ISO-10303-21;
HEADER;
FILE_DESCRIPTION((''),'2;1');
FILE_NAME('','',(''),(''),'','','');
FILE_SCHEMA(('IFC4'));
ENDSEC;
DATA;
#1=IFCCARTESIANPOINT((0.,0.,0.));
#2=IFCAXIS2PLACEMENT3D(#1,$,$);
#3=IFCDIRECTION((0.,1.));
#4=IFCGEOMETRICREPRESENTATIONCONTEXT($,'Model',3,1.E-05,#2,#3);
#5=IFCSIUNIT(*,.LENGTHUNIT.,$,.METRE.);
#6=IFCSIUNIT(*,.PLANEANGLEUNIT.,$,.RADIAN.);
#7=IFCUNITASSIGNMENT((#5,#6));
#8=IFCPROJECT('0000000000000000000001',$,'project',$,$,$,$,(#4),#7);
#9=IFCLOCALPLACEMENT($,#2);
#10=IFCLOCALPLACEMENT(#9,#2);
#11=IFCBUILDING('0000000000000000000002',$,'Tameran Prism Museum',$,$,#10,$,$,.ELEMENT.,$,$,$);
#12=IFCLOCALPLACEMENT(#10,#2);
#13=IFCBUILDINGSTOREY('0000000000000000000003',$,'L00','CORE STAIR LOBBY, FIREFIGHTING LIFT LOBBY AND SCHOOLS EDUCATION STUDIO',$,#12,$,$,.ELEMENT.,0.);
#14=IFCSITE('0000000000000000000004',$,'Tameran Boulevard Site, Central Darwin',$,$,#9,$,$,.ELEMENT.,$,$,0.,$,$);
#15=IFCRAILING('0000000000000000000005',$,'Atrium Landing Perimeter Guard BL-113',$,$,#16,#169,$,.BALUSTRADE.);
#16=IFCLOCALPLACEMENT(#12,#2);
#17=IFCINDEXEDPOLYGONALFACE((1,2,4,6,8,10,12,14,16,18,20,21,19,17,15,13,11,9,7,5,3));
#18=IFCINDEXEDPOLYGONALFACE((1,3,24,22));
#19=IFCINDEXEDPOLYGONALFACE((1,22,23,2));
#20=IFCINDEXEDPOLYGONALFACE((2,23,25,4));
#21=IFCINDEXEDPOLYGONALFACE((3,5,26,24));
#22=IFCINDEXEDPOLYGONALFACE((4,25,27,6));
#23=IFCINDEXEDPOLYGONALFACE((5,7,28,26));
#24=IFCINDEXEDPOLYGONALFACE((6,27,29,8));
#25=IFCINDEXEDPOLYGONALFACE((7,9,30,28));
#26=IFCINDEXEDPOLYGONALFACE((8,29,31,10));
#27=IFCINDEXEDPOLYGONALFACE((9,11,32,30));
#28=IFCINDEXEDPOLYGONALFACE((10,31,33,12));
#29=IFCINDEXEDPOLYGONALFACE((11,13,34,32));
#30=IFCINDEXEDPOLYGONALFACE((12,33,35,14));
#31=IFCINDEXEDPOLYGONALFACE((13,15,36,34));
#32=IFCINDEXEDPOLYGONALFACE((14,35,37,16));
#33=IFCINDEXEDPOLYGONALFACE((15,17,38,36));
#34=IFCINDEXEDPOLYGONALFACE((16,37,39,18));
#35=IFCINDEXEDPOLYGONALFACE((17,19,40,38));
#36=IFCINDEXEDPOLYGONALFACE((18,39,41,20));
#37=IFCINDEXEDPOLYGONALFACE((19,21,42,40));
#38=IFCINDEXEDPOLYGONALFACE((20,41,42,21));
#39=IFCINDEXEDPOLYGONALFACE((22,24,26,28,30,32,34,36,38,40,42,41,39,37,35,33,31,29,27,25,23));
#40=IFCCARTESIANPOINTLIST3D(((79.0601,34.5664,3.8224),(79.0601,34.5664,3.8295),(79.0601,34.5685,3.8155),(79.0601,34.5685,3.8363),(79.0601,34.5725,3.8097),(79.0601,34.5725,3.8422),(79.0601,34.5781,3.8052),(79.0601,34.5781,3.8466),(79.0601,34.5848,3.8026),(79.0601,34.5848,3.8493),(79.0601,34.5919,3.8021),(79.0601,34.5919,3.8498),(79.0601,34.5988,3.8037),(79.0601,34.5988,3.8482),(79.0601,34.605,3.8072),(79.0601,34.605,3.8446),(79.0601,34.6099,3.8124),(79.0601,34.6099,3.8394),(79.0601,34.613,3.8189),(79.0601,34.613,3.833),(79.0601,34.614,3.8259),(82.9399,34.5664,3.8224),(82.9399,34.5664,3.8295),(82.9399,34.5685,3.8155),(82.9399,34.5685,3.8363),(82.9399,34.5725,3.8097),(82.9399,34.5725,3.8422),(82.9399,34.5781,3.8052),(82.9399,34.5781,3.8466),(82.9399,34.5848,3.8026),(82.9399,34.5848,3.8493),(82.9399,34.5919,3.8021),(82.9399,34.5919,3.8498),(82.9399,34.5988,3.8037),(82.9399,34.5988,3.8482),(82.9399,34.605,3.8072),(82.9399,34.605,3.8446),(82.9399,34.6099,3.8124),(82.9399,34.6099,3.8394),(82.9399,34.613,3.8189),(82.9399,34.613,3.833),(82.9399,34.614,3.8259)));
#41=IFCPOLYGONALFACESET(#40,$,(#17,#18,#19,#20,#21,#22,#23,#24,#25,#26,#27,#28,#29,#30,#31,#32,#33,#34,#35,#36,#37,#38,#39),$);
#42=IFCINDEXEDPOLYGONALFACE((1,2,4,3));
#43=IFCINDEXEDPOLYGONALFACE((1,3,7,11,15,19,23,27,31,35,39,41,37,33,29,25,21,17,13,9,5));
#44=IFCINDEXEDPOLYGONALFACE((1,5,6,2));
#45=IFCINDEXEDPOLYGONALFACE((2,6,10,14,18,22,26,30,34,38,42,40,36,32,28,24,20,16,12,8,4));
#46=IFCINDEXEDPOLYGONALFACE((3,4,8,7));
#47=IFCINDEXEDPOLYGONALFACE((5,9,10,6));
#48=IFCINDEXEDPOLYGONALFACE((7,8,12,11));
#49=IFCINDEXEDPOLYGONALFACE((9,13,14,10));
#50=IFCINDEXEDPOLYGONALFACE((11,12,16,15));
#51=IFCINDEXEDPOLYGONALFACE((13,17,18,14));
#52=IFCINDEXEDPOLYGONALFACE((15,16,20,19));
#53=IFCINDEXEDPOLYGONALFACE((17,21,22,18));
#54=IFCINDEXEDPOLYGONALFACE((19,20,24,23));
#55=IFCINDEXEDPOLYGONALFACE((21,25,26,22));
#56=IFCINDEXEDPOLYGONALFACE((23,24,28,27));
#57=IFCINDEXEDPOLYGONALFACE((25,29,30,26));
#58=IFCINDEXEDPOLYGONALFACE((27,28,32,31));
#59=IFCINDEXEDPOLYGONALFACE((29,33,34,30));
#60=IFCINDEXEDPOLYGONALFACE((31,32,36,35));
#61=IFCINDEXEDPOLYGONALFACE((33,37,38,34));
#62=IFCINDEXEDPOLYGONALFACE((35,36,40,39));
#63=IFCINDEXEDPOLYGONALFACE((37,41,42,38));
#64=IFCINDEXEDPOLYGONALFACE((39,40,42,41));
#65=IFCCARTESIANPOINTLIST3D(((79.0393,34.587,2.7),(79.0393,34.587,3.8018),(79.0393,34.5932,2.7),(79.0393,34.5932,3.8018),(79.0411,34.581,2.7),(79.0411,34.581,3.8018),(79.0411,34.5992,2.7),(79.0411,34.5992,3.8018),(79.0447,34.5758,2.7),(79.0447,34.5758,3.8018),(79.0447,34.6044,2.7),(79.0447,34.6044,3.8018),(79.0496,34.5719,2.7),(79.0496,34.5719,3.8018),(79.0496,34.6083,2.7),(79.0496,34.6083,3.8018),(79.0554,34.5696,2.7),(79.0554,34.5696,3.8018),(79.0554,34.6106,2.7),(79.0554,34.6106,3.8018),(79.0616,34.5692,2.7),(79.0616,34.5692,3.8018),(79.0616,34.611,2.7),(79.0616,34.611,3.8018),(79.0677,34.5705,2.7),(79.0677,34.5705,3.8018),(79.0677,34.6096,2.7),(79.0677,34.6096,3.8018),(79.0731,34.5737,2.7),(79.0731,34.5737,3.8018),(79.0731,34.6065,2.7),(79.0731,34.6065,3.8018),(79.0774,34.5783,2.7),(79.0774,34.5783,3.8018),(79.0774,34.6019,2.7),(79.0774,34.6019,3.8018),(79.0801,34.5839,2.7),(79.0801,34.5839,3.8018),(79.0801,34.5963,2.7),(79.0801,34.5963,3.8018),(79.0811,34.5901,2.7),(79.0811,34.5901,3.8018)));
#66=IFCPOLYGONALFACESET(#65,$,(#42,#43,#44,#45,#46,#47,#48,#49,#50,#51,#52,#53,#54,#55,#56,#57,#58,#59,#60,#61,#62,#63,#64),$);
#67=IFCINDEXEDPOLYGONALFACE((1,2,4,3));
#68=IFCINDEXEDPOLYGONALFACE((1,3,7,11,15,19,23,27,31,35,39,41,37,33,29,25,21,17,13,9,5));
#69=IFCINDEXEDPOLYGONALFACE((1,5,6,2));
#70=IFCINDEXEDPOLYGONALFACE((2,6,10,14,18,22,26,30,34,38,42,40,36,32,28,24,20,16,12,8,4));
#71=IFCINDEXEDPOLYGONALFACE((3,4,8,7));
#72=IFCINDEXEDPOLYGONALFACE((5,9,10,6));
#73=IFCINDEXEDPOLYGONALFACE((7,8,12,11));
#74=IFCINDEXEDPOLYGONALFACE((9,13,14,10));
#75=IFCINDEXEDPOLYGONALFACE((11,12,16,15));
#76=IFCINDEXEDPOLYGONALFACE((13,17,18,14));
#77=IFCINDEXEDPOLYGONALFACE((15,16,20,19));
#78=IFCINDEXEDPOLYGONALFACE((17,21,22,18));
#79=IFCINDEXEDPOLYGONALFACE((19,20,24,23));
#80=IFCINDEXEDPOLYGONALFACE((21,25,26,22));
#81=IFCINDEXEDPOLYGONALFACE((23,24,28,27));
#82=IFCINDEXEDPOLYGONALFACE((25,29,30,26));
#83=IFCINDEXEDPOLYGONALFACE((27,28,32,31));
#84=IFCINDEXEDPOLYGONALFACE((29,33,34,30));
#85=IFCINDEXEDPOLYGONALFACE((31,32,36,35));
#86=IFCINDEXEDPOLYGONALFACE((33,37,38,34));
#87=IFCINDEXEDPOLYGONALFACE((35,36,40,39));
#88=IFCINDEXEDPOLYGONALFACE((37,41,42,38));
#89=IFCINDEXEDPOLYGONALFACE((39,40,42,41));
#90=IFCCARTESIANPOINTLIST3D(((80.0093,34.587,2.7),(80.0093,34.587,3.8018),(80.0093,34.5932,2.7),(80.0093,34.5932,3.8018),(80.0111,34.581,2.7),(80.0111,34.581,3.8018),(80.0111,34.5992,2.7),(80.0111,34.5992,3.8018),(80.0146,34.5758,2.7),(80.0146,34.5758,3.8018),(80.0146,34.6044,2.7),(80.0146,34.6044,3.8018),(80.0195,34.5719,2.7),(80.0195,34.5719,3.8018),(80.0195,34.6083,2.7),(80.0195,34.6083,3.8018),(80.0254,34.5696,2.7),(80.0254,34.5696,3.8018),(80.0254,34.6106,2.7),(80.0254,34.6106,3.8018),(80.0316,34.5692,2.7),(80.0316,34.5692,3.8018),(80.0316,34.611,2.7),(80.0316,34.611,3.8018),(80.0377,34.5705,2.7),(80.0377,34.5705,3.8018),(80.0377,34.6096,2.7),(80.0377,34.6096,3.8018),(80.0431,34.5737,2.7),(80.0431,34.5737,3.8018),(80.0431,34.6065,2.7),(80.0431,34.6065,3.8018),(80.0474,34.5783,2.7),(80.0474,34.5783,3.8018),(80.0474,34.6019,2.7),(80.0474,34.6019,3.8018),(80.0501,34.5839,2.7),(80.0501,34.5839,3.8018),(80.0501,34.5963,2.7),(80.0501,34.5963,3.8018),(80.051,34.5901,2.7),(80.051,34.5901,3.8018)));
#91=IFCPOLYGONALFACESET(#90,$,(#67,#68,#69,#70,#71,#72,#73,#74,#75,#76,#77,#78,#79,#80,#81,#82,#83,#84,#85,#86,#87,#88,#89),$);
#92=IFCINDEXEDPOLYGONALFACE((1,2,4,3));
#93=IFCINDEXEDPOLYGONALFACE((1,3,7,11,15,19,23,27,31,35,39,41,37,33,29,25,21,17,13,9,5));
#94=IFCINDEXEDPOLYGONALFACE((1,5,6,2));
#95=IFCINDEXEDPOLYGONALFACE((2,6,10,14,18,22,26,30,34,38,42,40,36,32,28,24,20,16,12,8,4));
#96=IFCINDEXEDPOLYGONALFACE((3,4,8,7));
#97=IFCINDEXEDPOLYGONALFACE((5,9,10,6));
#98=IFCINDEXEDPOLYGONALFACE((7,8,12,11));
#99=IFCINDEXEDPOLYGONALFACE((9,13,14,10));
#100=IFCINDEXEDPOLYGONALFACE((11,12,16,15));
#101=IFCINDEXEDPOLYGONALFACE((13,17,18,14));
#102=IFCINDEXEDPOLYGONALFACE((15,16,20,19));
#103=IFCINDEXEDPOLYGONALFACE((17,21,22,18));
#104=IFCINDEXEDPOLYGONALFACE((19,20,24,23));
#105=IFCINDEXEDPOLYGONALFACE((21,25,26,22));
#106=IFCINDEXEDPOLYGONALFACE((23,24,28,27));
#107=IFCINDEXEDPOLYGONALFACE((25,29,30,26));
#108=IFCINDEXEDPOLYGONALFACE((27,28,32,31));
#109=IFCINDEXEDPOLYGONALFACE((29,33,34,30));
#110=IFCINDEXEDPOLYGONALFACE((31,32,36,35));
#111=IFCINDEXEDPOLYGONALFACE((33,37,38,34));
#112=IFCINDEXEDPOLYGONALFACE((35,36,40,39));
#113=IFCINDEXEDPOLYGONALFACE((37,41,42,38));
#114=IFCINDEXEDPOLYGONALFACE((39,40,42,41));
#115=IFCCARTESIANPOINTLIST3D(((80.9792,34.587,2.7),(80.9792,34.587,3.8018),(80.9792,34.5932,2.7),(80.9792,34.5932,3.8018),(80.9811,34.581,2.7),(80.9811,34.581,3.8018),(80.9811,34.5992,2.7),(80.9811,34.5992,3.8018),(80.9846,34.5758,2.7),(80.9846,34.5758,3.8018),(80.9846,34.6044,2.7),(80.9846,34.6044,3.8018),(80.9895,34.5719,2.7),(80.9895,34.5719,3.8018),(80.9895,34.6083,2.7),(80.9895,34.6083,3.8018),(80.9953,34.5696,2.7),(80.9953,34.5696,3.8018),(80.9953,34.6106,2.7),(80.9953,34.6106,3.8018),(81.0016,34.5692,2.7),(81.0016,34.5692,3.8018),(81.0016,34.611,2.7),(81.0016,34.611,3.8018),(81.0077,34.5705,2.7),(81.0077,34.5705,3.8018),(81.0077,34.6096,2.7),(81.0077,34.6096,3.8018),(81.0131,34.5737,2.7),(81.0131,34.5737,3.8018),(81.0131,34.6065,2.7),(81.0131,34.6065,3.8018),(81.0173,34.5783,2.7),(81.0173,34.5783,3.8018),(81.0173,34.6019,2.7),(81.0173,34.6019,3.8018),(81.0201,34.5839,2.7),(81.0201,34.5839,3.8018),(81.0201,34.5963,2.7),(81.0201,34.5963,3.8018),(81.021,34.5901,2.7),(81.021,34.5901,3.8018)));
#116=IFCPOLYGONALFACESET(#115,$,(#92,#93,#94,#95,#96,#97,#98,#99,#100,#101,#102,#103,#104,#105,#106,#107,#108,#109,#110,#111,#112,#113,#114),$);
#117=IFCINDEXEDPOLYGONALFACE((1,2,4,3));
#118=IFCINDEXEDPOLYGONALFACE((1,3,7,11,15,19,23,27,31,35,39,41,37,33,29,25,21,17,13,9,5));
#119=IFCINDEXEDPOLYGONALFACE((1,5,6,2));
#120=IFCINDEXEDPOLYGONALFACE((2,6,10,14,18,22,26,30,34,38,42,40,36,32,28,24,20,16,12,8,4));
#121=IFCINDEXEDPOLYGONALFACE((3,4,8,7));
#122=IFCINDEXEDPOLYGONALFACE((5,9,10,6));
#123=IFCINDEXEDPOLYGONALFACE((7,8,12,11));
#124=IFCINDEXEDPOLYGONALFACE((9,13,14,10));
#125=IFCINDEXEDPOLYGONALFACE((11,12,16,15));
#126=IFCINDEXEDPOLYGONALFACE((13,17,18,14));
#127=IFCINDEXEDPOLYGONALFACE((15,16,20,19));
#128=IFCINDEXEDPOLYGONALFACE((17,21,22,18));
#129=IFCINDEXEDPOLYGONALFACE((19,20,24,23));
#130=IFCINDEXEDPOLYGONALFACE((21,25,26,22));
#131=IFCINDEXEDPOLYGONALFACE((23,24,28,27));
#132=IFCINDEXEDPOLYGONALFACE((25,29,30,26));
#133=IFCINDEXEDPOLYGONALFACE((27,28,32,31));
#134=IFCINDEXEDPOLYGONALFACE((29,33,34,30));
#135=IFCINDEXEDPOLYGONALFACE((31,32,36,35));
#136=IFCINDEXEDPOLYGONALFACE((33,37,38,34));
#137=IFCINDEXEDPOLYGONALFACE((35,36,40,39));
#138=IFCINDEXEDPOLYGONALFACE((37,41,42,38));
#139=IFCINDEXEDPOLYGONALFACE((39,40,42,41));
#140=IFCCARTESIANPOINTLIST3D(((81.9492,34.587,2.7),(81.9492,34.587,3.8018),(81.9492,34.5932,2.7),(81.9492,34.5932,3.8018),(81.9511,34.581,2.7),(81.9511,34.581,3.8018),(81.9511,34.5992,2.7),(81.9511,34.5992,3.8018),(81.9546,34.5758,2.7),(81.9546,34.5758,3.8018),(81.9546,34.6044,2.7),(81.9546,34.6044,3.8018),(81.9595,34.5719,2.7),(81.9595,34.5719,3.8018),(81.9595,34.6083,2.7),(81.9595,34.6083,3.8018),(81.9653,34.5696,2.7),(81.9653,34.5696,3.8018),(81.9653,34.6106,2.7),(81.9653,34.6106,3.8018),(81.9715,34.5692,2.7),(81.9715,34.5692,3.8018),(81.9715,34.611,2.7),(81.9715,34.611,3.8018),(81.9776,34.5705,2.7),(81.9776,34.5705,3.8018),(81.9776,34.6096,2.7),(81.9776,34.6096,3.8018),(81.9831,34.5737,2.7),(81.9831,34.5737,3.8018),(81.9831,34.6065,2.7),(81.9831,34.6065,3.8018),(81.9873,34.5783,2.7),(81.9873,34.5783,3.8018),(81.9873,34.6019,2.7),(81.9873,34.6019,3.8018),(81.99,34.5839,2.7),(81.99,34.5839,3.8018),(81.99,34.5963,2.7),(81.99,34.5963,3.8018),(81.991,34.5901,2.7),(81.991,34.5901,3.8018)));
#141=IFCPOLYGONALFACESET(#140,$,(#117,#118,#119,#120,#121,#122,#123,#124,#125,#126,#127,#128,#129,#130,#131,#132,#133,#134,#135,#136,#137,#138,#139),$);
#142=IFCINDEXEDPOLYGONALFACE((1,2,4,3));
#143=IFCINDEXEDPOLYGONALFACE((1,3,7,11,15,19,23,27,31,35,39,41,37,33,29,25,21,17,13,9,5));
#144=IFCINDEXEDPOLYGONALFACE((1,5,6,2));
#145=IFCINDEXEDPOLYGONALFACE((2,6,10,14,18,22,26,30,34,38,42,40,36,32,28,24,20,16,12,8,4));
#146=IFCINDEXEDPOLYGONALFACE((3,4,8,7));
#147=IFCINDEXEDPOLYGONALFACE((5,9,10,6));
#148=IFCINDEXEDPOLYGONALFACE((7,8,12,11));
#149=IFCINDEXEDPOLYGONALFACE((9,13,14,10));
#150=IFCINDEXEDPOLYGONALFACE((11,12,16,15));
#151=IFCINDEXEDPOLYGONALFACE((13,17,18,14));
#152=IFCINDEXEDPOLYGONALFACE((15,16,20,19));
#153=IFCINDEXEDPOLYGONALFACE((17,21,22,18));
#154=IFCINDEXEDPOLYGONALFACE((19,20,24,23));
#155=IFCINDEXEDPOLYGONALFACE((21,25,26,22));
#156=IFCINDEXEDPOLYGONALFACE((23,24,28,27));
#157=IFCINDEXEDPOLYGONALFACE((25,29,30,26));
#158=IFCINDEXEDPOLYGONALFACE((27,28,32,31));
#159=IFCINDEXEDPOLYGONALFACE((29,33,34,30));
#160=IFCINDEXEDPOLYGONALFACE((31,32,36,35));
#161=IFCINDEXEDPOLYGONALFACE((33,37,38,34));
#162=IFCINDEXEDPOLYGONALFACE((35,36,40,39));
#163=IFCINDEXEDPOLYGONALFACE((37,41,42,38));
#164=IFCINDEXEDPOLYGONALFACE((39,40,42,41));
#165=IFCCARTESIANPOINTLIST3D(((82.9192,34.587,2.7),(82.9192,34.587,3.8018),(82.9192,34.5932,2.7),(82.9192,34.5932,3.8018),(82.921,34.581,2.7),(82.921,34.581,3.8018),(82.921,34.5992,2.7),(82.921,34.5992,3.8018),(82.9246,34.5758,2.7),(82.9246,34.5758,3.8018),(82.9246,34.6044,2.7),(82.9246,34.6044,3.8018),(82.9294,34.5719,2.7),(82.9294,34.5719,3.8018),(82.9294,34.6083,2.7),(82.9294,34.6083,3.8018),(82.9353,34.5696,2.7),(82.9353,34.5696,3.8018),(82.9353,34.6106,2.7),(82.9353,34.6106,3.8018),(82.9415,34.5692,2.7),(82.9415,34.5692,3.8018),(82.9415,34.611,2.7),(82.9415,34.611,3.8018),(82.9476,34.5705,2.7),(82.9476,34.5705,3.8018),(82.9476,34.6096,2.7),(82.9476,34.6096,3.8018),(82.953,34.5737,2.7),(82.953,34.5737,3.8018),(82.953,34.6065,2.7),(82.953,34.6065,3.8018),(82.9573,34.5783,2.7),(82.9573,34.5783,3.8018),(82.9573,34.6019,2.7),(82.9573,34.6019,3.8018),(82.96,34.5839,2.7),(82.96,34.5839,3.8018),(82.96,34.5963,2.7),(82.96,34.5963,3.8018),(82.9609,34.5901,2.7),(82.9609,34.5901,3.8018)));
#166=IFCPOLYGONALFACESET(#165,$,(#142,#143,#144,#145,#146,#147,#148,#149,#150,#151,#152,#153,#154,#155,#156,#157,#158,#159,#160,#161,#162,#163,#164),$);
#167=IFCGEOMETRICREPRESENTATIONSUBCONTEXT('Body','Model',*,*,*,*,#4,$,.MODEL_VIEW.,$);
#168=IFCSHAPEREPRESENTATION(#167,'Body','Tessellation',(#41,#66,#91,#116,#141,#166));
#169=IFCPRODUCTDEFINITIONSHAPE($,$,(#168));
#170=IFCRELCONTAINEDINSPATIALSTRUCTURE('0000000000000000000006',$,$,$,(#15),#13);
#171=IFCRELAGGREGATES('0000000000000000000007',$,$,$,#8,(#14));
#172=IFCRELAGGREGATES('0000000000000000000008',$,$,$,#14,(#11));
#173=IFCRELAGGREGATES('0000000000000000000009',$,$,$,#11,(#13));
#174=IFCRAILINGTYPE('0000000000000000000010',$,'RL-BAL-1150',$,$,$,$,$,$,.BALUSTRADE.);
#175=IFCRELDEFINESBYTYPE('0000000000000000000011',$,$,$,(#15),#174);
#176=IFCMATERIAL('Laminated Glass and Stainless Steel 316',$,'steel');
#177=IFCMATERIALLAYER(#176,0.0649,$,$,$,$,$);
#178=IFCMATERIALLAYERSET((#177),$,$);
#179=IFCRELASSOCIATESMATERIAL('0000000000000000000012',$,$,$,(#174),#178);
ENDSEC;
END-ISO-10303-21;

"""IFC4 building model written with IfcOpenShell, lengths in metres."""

from ifc_helpers import new_model, si_unit, direction, frame, origin, origin_2d, place, context, subcontext, project, spatial, circle, extrude, material, layer, layer_set, type_object, element, save


model = new_model("IFC4")

# Units and contexts
model_context = context("Model", 3, precision=1e-05, world=origin(), true_north=direction((0.0, 1.0)))
body_context = subcontext(model_context, "Body", "Model", "MODEL_VIEW")
ifc_project = project(units=[si_unit("LENGTHUNIT", "METRE"), si_unit("PLANEANGLEUNIT", "RADIAN")], contexts=[model_context])

# Site, building, storey
site_placement = place(None, origin())
site = spatial("IfcSite", under=ifc_project, at=site_placement, Name="Tameran Boulevard Site, Central Darwin", CompositionType="ELEMENT", RefElevation=0.0)
building_placement = place(site_placement, origin())
building = spatial("IfcBuilding", under=site, at=building_placement, Name="Tameran Prism Museum", CompositionType="ELEMENT")
storey_placement = place(building_placement, origin())
storey = spatial("IfcBuildingStorey", under=building, at=storey_placement, Name="L00", Description="CORE STAIR LOBBY, FIREFIGHTING LIFT LOBBY AND SCHOOLS EDUCATION STUDIO", CompositionType="ELEMENT", Elevation=0.0)

# Railing
ifc_material_1 = material(Name="Laminated Glass and Stainless Steel 316", Category="steel")
ifc_layer_1 = layer(ifc_material_1, 0.0649)
ifc_layer_set_1 = layer_set([ifc_layer_1])
railing_type = type_object("IfcRailingType", Name="RL-BAL-1150", PredefinedType="BALUSTRADE", material=ifc_layer_set_1)
railing_1_placement = place(storey_placement, frame((79.0601, 34.5901, 2.7)))
element("IfcRailing", 1, at=railing_1_placement, inside=storey, type_object=railing_type, Name="Atrium Landing Perimeter Guard BL-113", PredefinedType="BALUSTRADE", context=body_context, shape_type="SweptSolid", body=[
    extrude(circle(Radius=0.0239, at=origin_2d()), frame((0.0, 0.0, 1.126), z_axis=(1.0, 0.0, 0.0), x_axis=(0.0, 1.0, 0.0)), (0.0, 0.0, 1.0), 3.8799),
    extrude(circle(Radius=0.021, at=origin_2d()), origin(), (0.0, 0.0, 1.0), 1.1018),
    extrude(circle(Radius=0.021, at=origin_2d()), frame((0.97, 0.0, 0.0)), (0.0, 0.0, 1.0), 1.1018),
    extrude(circle(Radius=0.021, at=origin_2d()), frame((1.9399, 0.0, 0.0)), (0.0, 0.0, 1.0), 1.1018),
    extrude(circle(Radius=0.021, at=origin_2d()), frame((2.9099, 0.0, 0.0)), (0.0, 0.0, 1.0), 1.1018),
    extrude(circle(Radius=0.021, at=origin_2d()), frame((3.8799, 0.0, 0.0)), (0.0, 0.0, 1.0), 1.1018),
])

save(model, "model.ifc")
